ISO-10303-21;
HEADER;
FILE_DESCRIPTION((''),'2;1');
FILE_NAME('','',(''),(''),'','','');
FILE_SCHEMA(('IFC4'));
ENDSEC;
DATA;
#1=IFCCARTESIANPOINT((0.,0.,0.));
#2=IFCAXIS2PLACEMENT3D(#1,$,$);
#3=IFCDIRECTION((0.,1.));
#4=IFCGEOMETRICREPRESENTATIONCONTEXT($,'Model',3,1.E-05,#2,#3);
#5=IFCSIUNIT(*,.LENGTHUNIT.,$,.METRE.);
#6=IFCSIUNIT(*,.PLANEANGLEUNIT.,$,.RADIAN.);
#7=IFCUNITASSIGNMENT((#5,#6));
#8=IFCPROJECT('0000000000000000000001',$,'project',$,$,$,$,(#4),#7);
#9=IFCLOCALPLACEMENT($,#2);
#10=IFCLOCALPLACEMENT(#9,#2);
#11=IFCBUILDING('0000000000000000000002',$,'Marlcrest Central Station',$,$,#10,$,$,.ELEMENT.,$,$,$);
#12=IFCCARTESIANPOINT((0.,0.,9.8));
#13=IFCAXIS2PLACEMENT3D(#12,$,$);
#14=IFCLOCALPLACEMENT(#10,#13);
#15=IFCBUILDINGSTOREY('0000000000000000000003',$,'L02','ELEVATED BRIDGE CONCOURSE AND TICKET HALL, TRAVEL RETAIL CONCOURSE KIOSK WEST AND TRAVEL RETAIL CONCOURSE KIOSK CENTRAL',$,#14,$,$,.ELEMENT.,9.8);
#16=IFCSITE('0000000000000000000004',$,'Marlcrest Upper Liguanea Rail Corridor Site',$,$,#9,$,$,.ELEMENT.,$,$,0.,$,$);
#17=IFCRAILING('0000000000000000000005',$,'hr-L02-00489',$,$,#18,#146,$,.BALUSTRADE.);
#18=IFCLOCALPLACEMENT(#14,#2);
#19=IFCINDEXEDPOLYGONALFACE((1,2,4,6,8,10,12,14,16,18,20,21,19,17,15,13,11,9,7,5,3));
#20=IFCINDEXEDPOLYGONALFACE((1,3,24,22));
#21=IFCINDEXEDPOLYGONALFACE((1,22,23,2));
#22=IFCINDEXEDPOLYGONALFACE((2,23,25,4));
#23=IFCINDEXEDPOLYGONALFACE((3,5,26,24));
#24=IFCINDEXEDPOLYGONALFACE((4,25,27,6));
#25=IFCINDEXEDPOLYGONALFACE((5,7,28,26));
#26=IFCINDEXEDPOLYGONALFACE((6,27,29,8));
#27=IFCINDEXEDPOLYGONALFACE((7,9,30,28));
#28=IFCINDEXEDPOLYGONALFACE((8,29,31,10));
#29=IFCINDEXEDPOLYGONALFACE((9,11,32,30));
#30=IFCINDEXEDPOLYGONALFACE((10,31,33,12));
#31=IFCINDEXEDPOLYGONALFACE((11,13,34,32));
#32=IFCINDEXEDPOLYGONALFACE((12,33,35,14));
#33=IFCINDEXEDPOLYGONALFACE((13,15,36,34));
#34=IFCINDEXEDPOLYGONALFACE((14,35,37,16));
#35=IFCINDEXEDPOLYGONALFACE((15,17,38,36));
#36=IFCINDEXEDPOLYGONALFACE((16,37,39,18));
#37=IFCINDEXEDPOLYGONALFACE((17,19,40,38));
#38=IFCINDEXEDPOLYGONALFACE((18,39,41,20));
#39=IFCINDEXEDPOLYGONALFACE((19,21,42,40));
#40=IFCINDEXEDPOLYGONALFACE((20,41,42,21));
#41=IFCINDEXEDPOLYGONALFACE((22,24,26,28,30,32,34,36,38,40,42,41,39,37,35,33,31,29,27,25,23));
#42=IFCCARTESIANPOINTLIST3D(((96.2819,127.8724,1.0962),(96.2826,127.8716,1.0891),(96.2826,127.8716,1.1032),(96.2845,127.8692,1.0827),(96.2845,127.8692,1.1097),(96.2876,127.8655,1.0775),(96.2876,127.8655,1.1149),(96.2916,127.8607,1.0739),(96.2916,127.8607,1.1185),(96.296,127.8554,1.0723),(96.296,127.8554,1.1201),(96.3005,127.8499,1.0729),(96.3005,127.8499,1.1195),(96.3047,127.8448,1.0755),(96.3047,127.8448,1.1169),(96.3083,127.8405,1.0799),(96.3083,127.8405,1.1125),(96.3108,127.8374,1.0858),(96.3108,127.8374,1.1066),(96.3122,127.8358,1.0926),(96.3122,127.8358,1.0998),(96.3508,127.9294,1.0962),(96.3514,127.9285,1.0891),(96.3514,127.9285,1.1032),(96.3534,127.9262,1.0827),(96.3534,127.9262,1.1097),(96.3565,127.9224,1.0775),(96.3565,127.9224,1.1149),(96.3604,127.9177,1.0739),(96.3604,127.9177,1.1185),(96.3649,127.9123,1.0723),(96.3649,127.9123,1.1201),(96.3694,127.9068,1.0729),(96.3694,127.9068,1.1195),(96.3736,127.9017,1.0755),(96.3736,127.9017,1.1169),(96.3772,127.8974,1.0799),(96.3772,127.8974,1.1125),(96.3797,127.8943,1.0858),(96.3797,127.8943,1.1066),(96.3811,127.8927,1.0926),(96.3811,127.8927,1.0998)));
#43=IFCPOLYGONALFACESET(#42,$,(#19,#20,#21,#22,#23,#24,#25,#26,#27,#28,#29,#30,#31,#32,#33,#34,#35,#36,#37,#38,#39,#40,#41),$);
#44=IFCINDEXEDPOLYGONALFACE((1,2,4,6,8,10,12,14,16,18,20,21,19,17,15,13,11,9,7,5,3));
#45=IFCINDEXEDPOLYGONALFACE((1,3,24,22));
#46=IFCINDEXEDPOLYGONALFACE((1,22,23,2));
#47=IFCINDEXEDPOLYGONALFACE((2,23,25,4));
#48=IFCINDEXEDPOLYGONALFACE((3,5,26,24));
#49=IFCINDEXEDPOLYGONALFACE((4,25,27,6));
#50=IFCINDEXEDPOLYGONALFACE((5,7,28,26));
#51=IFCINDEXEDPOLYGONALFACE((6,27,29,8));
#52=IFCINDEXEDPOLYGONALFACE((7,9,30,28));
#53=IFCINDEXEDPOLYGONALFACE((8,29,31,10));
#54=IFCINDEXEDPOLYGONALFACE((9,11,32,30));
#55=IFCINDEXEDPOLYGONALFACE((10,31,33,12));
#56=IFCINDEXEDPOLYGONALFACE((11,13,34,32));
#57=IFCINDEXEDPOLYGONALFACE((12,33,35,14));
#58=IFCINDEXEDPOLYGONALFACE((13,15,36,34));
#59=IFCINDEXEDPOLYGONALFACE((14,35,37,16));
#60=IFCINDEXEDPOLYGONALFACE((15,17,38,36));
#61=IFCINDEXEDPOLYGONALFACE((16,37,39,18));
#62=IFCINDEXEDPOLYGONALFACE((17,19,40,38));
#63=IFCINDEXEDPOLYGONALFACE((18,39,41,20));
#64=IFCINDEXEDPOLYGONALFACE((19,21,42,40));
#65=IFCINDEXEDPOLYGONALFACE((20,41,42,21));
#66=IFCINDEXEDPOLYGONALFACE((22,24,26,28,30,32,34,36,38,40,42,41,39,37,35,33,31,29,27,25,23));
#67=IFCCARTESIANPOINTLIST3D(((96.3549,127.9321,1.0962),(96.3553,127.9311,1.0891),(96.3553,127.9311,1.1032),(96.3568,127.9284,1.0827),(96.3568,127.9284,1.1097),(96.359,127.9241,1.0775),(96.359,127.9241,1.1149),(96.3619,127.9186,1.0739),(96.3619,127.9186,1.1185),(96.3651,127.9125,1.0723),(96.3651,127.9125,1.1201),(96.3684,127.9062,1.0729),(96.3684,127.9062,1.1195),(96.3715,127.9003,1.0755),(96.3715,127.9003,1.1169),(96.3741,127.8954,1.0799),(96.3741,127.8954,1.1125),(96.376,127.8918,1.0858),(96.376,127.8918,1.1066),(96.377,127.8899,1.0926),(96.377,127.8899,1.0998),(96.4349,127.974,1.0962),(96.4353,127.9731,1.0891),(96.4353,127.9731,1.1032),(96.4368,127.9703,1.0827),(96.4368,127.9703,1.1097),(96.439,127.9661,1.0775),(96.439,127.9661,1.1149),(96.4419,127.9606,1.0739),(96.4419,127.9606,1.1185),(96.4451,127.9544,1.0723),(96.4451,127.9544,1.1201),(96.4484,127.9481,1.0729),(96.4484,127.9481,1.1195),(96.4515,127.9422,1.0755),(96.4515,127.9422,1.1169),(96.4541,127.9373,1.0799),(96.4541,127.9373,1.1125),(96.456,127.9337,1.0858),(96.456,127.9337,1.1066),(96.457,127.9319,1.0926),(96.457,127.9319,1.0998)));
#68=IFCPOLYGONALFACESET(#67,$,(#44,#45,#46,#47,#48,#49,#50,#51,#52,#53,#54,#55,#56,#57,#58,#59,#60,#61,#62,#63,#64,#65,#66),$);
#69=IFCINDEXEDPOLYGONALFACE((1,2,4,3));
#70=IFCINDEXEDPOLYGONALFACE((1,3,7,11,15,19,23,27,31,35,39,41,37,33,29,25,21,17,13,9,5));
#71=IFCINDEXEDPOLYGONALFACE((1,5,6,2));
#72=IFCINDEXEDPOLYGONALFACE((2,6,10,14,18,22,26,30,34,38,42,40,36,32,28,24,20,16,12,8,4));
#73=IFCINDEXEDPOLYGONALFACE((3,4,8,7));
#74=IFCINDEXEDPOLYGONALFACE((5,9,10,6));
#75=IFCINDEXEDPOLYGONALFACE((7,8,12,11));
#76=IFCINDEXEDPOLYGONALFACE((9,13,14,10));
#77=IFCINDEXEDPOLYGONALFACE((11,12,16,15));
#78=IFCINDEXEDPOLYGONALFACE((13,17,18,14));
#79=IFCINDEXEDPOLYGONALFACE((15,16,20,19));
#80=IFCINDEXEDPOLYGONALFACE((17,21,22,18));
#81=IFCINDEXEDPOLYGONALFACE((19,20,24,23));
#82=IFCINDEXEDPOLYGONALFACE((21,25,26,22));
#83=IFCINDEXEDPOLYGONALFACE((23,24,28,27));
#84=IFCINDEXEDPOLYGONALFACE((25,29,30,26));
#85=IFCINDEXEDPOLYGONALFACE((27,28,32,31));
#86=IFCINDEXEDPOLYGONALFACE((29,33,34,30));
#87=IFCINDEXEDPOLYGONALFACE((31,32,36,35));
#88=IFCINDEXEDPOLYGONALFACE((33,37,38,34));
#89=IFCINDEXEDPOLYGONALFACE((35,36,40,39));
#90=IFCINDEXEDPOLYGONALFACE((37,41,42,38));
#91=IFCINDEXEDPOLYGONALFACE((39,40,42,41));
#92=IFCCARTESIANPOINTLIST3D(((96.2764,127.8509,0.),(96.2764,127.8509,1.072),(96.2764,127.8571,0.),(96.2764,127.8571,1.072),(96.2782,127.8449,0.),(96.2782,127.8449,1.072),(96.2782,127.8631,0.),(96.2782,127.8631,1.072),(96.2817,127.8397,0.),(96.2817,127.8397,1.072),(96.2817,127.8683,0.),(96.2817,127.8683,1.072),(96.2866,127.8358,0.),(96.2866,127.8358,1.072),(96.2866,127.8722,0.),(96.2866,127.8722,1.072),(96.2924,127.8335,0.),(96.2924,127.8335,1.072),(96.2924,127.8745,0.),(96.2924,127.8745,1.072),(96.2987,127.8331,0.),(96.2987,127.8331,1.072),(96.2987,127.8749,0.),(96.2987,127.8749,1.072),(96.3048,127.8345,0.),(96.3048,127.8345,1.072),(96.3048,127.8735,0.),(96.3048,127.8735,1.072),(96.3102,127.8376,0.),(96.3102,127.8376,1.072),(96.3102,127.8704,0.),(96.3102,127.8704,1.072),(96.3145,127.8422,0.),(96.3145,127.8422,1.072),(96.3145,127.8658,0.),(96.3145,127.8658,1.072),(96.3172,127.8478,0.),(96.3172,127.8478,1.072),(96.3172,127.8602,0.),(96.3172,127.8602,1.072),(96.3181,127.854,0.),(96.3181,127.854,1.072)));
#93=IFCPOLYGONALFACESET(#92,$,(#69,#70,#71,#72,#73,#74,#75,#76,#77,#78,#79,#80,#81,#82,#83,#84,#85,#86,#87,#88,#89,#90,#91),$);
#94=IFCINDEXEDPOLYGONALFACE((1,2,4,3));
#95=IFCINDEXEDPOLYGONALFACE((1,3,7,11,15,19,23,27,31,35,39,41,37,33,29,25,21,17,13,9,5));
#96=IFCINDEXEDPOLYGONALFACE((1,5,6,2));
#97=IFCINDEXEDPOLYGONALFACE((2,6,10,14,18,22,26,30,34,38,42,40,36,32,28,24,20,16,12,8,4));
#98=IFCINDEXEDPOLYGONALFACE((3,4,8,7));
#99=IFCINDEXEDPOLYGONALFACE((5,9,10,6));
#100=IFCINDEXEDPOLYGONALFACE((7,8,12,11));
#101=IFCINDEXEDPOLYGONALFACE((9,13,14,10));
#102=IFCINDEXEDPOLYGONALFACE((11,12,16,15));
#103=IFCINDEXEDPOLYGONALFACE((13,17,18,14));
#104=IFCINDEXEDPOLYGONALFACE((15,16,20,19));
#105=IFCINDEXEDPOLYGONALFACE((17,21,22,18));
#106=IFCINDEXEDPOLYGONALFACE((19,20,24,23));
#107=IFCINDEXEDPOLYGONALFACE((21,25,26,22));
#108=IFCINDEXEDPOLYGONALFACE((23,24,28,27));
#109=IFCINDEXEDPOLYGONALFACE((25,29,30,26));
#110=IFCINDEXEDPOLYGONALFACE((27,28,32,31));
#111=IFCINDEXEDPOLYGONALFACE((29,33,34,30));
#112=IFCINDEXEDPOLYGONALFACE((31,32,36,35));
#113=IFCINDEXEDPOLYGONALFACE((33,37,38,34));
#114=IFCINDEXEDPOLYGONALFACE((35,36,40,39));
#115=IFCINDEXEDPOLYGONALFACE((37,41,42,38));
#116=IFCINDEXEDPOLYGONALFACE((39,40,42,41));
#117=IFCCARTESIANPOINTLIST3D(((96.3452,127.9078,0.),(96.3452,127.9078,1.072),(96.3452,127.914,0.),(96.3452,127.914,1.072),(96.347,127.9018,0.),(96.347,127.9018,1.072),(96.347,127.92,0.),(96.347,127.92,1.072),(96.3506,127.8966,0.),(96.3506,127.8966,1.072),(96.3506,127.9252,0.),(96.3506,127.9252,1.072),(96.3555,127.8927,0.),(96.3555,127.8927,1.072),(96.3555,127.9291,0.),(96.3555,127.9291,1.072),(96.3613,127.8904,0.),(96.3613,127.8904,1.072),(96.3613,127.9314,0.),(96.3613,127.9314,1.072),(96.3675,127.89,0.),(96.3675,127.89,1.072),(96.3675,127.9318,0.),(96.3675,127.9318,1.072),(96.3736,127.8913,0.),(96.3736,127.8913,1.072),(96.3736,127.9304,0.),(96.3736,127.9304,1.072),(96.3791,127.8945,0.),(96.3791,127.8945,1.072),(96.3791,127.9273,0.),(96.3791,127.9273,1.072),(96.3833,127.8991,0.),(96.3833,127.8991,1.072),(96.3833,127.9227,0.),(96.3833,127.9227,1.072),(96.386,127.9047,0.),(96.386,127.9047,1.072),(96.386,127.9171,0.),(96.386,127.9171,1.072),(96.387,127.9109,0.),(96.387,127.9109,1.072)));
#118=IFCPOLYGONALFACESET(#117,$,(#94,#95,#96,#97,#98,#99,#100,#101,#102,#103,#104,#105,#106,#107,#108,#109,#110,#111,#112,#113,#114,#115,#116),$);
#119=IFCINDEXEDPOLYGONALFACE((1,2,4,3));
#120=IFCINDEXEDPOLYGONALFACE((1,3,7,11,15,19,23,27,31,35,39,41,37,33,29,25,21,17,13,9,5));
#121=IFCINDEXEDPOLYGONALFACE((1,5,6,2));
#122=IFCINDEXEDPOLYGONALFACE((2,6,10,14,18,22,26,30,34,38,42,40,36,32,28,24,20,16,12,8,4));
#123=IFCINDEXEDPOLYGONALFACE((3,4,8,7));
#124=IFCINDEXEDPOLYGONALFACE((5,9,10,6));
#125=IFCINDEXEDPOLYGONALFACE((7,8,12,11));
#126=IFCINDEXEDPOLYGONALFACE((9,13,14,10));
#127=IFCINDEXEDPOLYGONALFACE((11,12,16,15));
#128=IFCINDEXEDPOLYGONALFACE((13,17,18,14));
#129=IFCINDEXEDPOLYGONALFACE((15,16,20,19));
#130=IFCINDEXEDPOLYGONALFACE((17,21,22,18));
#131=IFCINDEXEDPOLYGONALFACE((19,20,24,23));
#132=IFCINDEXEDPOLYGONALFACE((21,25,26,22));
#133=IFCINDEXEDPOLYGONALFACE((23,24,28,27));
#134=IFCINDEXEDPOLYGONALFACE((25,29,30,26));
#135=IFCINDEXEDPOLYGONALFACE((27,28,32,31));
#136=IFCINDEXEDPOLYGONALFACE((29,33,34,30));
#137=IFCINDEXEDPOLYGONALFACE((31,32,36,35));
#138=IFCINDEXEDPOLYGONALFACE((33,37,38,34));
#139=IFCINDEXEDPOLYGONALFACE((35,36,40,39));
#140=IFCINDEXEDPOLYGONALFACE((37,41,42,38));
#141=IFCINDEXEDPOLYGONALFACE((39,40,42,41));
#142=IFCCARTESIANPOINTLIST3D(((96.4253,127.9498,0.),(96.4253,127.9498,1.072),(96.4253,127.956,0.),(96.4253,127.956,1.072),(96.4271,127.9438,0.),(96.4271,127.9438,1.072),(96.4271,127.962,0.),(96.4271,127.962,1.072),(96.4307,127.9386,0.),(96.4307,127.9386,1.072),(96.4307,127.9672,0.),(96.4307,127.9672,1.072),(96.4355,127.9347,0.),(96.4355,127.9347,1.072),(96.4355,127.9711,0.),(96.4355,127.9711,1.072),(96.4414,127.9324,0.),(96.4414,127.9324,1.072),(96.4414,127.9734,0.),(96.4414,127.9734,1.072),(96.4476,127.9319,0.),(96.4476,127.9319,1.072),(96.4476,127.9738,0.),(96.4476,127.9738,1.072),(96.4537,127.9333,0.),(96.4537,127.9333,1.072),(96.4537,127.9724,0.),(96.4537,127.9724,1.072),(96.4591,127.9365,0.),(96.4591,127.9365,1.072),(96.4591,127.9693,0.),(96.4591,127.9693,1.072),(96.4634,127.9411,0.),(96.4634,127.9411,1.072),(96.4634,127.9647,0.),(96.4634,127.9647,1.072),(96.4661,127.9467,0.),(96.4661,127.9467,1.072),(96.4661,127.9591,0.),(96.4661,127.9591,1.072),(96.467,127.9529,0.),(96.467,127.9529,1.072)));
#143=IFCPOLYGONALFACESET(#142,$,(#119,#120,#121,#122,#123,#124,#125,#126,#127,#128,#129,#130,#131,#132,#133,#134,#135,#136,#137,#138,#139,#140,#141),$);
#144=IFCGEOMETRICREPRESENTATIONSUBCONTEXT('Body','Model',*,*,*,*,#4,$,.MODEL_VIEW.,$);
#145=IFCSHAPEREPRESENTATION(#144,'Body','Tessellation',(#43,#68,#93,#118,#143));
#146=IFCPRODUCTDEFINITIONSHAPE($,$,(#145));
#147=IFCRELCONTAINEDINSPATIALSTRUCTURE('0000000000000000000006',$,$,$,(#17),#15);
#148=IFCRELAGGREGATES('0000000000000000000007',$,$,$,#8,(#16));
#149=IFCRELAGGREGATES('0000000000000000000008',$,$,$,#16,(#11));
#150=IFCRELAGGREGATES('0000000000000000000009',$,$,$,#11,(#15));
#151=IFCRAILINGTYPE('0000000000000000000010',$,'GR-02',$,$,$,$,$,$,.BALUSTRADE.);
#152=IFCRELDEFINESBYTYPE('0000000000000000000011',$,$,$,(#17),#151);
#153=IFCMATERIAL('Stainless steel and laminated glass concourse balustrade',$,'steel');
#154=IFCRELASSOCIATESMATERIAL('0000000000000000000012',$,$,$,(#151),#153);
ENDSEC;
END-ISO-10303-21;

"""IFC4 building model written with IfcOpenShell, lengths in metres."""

from ifc_helpers import new_model, si_unit, direction, frame, origin, origin_2d, place, context, subcontext, project, spatial, circle, extrude, material, type_object, element, save


model = new_model("IFC4")

# Units and contexts
model_context = context("Model", 3, precision=1e-05, world=origin(), true_north=direction((0.0, 1.0)))
body_context = subcontext(model_context, "Body", "Model", "MODEL_VIEW")
ifc_project = project(units=[si_unit("LENGTHUNIT", "METRE"), si_unit("PLANEANGLEUNIT", "RADIAN")], contexts=[model_context])

# Site, building, storey
site_placement = place(None, origin())
site = spatial("IfcSite", under=ifc_project, at=site_placement, Name="Marlcrest Upper Liguanea Rail Corridor Site", CompositionType="ELEMENT", RefElevation=0.0)
building_placement = place(site_placement, origin())
building = spatial("IfcBuilding", under=site, at=building_placement, Name="Marlcrest Central Station", CompositionType="ELEMENT")
storey_placement = place(building_placement, frame((0.0, 0.0, 9.8)))
storey = spatial("IfcBuildingStorey", under=building, at=storey_placement, Name="L02", Description="ELEVATED BRIDGE CONCOURSE AND TICKET HALL, TRAVEL RETAIL CONCOURSE KIOSK WEST AND TRAVEL RETAIL CONCOURSE KIOSK CENTRAL", CompositionType="ELEMENT", Elevation=9.8)

# Railing
ifc_material_1 = material(Name="Stainless steel and laminated glass concourse balustrade", Category="steel")
railing_type = type_object("IfcRailingType", Name="GR-02", PredefinedType="BALUSTRADE", material=ifc_material_1)
railing_1_placement = place(storey_placement, frame((96.2971, 127.854, 0.0)))
element("IfcRailing", 1, at=railing_1_placement, inside=storey, type_object=railing_type, Name="hr-L02-00489", PredefinedType="BALUSTRADE", context=body_context, shape_type="SweptSolid", body=[
    extrude(circle(Radius=0.0239, at=origin_2d()), frame((0.0, 0.0, 1.0962), z_axis=(0.770903, 0.636952, 0.0), x_axis=(-0.636952, 0.770903, 0.0)), (0.0, 0.0, 1.0), 0.0894),
    extrude(circle(Radius=0.0239, at=origin_2d()), frame((0.0688, 0.0569, 1.0962), z_axis=(0.88562, 0.464411, 0.0), x_axis=(-0.464411, 0.88562, 0.0)), (0.0, 0.0, 1.0), 0.0903),
    extrude(circle(Radius=0.021, at=origin_2d()), origin(), (0.0, 0.0, 1.0), 1.072),
    extrude(circle(Radius=0.021, at=origin_2d()), frame((0.0688, 0.0569, 0.0)), (0.0, 0.0, 1.0), 1.072),
    extrude(circle(Radius=0.021, at=origin_2d()), frame((0.1489, 0.0989, 0.0)), (0.0, 0.0, 1.0), 1.072),
])

save(model, "model.ifc")
